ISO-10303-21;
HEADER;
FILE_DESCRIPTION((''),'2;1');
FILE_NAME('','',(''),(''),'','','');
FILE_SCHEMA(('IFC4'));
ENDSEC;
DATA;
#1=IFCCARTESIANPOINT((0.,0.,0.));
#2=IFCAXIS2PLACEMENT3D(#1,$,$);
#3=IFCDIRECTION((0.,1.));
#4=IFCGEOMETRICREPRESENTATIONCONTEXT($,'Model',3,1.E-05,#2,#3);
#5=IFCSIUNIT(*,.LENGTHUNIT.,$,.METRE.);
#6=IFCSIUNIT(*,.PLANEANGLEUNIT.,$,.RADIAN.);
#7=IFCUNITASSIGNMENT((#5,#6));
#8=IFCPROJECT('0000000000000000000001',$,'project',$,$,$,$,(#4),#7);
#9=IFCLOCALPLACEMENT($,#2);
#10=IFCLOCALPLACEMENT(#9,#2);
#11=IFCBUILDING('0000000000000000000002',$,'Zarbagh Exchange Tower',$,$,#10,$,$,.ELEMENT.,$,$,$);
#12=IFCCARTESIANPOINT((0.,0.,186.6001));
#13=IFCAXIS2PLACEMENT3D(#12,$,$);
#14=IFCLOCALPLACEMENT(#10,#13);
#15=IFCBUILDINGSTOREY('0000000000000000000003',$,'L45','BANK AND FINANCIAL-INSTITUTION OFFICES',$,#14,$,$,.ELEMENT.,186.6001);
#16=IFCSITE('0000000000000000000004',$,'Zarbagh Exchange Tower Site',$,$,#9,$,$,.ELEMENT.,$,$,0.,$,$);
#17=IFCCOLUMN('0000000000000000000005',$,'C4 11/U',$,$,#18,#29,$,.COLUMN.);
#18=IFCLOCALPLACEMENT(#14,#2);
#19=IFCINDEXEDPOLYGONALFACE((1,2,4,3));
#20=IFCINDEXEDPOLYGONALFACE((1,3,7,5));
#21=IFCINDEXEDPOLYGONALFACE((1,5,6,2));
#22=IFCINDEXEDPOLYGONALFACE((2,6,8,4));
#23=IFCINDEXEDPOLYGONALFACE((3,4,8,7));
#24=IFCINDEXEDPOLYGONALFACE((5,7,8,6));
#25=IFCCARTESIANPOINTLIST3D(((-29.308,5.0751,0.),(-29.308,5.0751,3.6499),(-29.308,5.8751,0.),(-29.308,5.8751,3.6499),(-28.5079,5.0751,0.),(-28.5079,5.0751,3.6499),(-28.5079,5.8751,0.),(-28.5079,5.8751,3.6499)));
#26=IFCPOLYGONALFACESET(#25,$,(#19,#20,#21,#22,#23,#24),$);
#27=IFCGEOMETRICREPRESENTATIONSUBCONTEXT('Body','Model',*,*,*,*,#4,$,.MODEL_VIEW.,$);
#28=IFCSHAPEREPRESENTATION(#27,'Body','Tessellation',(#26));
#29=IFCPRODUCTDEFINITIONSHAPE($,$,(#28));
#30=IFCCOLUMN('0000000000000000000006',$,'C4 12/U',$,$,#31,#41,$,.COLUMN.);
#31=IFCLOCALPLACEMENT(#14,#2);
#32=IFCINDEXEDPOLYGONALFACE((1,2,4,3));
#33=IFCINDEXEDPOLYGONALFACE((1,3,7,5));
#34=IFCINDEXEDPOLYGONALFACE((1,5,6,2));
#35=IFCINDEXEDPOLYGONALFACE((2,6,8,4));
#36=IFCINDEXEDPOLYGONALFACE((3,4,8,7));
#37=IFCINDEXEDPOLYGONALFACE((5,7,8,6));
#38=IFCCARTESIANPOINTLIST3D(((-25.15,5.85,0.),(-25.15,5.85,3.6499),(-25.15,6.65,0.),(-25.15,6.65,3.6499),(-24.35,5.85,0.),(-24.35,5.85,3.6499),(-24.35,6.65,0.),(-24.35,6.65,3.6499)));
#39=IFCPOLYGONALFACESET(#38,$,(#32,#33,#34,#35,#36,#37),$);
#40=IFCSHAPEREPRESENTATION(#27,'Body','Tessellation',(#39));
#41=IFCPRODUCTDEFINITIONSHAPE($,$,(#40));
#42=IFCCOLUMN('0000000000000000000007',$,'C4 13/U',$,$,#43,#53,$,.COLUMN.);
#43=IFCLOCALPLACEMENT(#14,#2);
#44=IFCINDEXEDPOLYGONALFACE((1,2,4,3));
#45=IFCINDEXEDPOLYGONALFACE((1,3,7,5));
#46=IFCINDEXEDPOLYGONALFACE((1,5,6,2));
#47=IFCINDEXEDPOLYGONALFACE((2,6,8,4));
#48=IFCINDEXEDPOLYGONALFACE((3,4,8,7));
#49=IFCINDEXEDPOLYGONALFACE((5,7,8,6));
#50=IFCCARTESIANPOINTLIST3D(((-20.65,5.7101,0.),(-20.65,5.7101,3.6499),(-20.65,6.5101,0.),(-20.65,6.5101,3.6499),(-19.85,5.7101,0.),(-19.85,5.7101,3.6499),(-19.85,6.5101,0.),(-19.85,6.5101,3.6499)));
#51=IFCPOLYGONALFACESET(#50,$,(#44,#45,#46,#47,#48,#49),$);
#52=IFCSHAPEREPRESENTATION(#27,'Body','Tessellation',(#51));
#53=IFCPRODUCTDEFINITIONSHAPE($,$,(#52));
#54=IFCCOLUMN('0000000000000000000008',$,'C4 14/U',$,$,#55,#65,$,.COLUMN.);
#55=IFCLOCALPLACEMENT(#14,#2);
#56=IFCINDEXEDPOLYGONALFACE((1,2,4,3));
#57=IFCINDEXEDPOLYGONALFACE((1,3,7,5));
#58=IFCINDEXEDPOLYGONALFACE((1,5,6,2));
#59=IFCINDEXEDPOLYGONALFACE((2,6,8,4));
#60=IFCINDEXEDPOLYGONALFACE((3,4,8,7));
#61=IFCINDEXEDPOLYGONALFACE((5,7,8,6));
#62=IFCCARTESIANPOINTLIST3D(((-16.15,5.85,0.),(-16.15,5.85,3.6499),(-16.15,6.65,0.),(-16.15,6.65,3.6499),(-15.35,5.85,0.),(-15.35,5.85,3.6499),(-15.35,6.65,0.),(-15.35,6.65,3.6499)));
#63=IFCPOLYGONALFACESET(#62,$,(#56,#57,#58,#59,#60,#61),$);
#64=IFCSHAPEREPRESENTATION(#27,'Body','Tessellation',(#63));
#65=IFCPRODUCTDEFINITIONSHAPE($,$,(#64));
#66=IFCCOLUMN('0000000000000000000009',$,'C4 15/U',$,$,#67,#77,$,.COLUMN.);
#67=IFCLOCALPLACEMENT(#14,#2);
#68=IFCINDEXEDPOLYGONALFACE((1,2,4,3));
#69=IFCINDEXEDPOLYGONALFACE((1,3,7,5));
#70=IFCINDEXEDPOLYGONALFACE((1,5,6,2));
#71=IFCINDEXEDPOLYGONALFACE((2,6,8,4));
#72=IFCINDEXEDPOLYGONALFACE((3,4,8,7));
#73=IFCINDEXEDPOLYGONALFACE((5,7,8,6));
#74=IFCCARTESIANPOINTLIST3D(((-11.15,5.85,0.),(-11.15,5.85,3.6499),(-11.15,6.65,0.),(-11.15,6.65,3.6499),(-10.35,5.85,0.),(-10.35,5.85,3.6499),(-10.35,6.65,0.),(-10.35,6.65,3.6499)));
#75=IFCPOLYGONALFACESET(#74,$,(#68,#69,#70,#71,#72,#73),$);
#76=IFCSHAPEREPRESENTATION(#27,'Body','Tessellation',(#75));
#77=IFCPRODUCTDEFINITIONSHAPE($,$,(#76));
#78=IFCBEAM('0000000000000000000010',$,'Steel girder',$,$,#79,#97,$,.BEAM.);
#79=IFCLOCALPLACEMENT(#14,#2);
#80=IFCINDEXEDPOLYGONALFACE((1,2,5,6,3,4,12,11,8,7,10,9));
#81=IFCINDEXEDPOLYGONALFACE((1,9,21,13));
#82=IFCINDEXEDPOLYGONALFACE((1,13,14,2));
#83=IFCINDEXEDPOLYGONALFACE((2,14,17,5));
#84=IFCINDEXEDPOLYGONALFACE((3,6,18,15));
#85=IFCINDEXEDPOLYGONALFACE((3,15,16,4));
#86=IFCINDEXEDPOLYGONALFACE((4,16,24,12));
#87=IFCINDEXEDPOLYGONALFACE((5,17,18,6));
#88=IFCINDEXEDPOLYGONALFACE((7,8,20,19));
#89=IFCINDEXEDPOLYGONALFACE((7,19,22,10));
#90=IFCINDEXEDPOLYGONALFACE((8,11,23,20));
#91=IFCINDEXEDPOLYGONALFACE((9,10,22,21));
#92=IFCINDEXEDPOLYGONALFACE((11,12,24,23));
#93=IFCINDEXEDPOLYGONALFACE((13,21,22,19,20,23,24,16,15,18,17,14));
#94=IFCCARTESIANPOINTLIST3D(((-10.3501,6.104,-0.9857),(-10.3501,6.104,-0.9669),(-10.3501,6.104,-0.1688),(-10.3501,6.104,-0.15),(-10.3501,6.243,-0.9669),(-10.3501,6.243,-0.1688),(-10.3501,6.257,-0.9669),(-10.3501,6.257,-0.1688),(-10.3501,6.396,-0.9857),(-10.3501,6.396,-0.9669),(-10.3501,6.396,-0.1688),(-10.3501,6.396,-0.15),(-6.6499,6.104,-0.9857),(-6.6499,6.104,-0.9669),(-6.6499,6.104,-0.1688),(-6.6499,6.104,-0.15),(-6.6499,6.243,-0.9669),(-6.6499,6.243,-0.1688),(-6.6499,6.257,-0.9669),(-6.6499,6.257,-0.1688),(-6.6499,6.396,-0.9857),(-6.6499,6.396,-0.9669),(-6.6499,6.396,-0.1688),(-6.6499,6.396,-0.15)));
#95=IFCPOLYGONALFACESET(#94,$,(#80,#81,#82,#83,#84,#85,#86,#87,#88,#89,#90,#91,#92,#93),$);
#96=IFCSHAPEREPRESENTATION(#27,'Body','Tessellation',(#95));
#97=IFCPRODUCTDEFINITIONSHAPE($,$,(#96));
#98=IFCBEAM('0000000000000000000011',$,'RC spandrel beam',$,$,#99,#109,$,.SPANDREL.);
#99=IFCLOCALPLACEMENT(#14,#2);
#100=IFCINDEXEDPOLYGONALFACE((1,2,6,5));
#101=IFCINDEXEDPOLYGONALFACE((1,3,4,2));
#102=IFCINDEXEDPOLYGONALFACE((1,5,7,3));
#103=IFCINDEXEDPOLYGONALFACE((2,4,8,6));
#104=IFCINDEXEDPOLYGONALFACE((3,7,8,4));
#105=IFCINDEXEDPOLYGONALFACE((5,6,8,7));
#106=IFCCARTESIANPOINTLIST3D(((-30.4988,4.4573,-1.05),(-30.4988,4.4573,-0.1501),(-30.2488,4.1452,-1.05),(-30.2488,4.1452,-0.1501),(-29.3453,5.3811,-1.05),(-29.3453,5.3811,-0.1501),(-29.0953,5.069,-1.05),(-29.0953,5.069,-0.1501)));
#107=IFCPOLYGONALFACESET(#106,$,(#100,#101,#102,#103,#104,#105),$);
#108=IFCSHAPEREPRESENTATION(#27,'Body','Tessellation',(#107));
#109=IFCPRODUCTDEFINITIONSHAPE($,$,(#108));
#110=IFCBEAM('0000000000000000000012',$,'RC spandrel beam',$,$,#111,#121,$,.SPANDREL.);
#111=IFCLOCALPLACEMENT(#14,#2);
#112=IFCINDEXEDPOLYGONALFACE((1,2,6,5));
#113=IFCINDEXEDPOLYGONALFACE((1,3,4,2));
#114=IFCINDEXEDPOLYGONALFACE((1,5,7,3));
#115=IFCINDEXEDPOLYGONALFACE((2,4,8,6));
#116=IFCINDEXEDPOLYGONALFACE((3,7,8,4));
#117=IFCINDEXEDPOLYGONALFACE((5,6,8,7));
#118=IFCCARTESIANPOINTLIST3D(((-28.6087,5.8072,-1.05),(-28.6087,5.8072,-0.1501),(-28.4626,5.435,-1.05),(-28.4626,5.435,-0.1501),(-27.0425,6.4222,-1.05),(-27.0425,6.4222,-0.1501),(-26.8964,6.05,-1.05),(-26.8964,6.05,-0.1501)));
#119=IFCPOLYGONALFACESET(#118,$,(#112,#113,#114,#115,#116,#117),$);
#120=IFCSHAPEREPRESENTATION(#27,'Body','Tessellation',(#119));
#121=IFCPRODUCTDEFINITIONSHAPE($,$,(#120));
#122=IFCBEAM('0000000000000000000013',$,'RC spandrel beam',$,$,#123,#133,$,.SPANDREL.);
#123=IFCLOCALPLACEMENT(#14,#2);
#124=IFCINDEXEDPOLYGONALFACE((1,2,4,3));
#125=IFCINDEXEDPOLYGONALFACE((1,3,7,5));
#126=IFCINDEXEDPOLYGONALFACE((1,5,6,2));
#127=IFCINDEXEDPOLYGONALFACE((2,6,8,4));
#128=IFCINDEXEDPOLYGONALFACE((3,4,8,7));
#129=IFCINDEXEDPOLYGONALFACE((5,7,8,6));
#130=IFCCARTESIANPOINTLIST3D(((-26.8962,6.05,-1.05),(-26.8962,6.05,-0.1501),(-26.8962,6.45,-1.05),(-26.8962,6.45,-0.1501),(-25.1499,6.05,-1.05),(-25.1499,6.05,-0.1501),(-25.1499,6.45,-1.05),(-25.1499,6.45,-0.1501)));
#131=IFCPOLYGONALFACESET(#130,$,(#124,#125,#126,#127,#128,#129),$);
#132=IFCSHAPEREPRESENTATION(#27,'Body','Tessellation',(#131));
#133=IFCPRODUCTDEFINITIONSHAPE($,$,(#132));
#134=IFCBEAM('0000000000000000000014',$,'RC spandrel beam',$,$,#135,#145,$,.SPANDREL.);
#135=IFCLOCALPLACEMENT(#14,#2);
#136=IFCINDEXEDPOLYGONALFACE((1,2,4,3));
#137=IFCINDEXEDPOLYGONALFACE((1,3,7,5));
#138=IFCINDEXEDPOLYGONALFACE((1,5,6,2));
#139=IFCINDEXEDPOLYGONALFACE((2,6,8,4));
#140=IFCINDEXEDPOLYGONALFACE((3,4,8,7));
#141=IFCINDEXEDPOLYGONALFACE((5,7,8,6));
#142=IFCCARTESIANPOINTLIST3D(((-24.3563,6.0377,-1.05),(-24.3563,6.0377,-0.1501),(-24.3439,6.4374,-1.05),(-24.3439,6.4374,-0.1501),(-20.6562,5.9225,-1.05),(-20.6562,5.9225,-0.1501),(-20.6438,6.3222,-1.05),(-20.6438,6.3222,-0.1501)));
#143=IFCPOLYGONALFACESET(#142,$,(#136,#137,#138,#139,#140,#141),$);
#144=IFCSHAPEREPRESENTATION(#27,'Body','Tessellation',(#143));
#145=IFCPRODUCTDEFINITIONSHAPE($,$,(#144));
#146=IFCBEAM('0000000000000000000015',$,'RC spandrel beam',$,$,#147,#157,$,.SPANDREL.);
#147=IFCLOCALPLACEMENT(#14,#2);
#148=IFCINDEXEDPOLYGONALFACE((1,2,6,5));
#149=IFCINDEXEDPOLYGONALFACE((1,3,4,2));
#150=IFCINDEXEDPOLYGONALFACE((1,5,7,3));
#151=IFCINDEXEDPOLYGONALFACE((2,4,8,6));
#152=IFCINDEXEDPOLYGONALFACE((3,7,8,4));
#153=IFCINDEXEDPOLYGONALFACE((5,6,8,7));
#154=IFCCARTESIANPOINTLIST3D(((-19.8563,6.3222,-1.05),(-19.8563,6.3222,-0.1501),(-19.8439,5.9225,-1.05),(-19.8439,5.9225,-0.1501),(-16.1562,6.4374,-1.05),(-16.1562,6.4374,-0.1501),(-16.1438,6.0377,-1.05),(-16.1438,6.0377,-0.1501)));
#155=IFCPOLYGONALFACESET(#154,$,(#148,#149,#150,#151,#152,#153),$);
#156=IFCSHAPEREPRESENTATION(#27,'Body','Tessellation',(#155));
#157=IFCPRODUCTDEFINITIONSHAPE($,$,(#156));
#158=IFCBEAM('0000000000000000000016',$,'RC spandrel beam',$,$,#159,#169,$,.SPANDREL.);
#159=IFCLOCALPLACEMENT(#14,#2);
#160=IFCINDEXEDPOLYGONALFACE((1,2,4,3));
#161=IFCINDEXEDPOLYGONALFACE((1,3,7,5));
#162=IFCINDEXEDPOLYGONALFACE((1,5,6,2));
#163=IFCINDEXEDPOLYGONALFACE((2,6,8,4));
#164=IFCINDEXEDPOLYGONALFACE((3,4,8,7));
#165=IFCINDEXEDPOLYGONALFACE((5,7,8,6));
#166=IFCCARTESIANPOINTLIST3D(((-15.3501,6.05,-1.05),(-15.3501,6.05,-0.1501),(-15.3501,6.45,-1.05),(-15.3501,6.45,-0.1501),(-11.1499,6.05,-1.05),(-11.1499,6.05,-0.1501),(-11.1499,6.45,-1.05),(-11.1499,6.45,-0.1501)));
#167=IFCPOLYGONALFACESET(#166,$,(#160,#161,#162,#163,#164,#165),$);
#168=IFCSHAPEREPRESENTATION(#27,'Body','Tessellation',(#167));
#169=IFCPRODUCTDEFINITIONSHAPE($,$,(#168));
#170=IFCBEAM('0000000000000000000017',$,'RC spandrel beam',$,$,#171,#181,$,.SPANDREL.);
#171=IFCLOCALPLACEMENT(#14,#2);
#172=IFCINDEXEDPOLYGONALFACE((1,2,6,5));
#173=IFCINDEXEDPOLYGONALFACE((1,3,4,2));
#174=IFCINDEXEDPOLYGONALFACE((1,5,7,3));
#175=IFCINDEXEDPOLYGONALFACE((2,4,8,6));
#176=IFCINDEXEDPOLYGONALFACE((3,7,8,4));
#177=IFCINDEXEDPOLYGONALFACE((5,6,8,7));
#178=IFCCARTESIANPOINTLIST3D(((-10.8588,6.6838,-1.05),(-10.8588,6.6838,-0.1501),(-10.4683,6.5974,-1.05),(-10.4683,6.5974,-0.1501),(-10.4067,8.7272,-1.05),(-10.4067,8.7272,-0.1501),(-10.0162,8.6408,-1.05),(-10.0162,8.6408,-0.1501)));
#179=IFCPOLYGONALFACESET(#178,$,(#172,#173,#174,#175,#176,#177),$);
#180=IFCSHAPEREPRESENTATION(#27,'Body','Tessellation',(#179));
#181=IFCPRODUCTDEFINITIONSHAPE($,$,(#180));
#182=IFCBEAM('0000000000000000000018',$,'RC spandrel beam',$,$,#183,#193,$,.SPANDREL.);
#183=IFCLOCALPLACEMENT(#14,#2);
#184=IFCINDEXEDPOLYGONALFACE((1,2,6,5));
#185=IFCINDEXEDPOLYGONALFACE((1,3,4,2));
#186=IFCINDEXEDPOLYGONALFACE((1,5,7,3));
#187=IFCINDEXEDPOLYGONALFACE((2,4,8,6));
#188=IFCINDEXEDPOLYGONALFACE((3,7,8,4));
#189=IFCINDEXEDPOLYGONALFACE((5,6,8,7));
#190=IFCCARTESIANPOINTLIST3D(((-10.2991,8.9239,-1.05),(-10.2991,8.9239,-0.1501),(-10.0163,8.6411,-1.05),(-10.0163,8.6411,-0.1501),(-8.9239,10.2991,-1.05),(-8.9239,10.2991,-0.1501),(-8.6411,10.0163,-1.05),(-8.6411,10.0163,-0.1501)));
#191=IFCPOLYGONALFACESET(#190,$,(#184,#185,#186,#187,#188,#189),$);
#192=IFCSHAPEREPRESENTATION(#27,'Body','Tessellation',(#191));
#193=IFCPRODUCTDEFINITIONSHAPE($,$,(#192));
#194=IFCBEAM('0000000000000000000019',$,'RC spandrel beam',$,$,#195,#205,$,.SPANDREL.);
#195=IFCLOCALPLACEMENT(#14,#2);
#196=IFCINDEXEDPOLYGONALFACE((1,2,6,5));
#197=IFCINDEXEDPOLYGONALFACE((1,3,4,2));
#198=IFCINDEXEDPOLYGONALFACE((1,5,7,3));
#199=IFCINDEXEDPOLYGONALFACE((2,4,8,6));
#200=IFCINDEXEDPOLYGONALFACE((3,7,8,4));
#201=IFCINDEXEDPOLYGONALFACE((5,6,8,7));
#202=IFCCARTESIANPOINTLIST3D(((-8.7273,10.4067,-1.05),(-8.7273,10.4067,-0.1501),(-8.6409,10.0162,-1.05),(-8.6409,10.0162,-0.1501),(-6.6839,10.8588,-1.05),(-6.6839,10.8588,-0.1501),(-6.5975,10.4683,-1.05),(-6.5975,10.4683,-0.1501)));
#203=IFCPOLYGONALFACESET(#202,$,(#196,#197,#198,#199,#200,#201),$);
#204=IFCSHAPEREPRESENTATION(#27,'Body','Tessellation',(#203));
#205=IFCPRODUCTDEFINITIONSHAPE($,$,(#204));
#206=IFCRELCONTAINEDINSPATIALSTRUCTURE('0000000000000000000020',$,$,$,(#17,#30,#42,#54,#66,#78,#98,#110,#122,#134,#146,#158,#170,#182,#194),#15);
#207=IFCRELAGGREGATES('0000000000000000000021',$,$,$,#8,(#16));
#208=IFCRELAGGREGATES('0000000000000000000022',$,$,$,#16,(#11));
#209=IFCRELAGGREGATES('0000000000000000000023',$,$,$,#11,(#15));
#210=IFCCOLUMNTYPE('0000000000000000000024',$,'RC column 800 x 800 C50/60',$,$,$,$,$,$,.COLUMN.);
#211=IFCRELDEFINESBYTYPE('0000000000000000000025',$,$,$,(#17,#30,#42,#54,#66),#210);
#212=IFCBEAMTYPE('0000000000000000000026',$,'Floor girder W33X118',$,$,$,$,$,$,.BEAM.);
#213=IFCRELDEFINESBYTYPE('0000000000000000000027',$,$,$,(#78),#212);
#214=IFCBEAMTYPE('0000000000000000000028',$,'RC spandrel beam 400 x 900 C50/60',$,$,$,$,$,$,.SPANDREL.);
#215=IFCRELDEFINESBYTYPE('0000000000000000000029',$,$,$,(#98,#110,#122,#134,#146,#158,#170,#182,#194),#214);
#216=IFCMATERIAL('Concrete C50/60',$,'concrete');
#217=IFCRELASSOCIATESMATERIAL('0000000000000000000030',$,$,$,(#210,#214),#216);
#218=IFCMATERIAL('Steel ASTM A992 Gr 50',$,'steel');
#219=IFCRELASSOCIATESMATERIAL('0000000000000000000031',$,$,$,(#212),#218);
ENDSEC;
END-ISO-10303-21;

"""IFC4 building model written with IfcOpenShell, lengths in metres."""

from ifc_helpers import new_model, si_unit, direction, frame, origin, origin_2d, place, context, subcontext, project, spatial, rectangle, i_section, extrude, material, material_profile, profile_set, type_object, element, save


model = new_model("IFC4")

# Units and contexts
model_context = context("Model", 3, precision=1e-05, world=origin(), true_north=direction((0.0, 1.0)))
body_context = subcontext(model_context, "Body", "Model", "MODEL_VIEW")
ifc_project = project(units=[si_unit("LENGTHUNIT", "METRE"), si_unit("PLANEANGLEUNIT", "RADIAN")], contexts=[model_context])

# Site, building, storey
site_placement = place(None, origin())
site = spatial("IfcSite", under=ifc_project, at=site_placement, Name="Zarbagh Exchange Tower Site", CompositionType="ELEMENT", RefElevation=0.0)
building_placement = place(site_placement, origin())
building = spatial("IfcBuilding", under=site, at=building_placement, Name="Zarbagh Exchange Tower", CompositionType="ELEMENT")
storey_placement = place(building_placement, frame((0.0, 0.0, 186.6001)))
storey = spatial("IfcBuildingStorey", under=building, at=storey_placement, Name="L45", Description="BANK AND FINANCIAL-INSTITUTION OFFICES", CompositionType="ELEMENT", Elevation=186.6001)

# Columns
ifc_material_1 = material(Name="Concrete C50/60", Category="concrete")
ifc_material_profile_1 = material_profile(ifc_material_1, rectangle(XDim=0.8, YDim=0.8, at=origin_2d()), Name="RC column 800 x 800 C50/60")
ifc_profile_set_1 = profile_set([ifc_material_profile_1], Name="Concrete C50/60")
column_type = type_object("IfcColumnType", Name="RC column 800 x 800 C50/60", PredefinedType="COLUMN", material=ifc_profile_set_1)
for number, where, z_axis, x_axis, name in (
    (1, (-28.908, 5.4751, 0.0), (0.0, 0.0, 1.0), (1.0, 0.0, 0.0), "C4 11/U"),
    (2, (-24.75, 6.25, 0.0), (0.0, 0.0, 1.0), (1.0, 0.0, 0.0), "C4 12/U"),
    (3, (-20.25, 6.1101, 0.0), (0.0, 0.0, 1.0), (1.0, 0.0, 0.0), "C4 13/U"),
    (4, (-15.75, 6.25, 0.0), (0.0, 0.0, 1.0), (1.0, 0.0, 0.0), "C4 14/U"),
    (5, (-10.75, 6.25, 0.0), (0.0, 0.0, 1.0), (1.0, 0.0, 0.0), "C4 15/U"),
):
    element("IfcColumn", number, at=place(storey_placement, frame(where, z_axis=z_axis, x_axis=x_axis)), inside=storey, type_object=column_type, Name=name, PredefinedType="COLUMN", context=body_context, shape_type="SweptSolid", body=[
        extrude(rectangle(XDim=0.8, YDim=0.8, at=origin_2d()), origin(), (0.0, 0.0, 1.0), 3.6499),
    ])

# Beams
ifc_material_2 = material(Name="Steel ASTM A992 Gr 50", Category="steel")
ifc_material_profile_2 = material_profile(ifc_material_2, i_section(OverallWidth=0.292, OverallDepth=0.8357, WebThickness=0.0139, FlangeThickness=0.0188, at=origin_2d()), Name="W33X118")
ifc_profile_set_2 = profile_set([ifc_material_profile_2], Name="Steel ASTM A992 Gr 50")
beam_type_1 = type_object("IfcBeamType", Name="Floor girder W33X118", PredefinedType="BEAM", material=ifc_profile_set_2)
beam_1_placement = place(storey_placement, frame((-10.3501, 6.25, -0.5679), z_axis=(1.0, 0.0, 0.0), x_axis=(0.0, 1.0, 0.0)))
element("IfcBeam", 6, at=beam_1_placement, inside=storey, type_object=beam_type_1, Name="Steel girder", PredefinedType="BEAM", context=body_context, shape_type="SweptSolid", body=[
    extrude(i_section(OverallWidth=0.292, OverallDepth=0.8357, WebThickness=0.0139, FlangeThickness=0.0188, at=origin_2d()), origin(), (0.0, 0.0, 1.0), 3.7002),
])
ifc_material_profile_3 = material_profile(ifc_material_1, rectangle(XDim=0.3999, YDim=0.8999, at=origin_2d()), Name="RC spandrel beam 400 x 900 C50/60")
ifc_profile_set_3 = profile_set([ifc_material_profile_3], Name="Concrete C50/60")
beam_type_2 = type_object("IfcBeamType", Name="RC spandrel beam 400 x 900 C50/60", PredefinedType="SPANDREL", material=ifc_profile_set_3)
beam_2_placement = place(storey_placement, frame((-30.3738, 4.3013, -0.6001), z_axis=(0.780546, 0.625098, 0.0), x_axis=(-0.625098, 0.780546, 0.0)))
element("IfcBeam", 7, at=beam_2_placement, inside=storey, type_object=beam_type_2, Name="RC spandrel beam", PredefinedType="SPANDREL", context=body_context, shape_type="SweptSolid", body=[
    extrude(rectangle(XDim=0.3999, YDim=0.8999, at=origin_2d()), origin(), (0.0, 0.0, 1.0), 1.4778),
])
beam_3_placement = place(storey_placement, frame((-28.5356, 5.6211, -0.6001), z_axis=(0.93081, 0.365504, 0.0), x_axis=(-0.365504, 0.93081, 0.0)))
element("IfcBeam", 8, at=beam_3_placement, inside=storey, type_object=beam_type_2, Name="RC spandrel beam", PredefinedType="SPANDREL", context=body_context, shape_type="SweptSolid", body=[
    extrude(rectangle(XDim=0.3999, YDim=0.8999, at=origin_2d()), origin(), (0.0, 0.0, 1.0), 1.6826),
])
beam_4_placement = place(storey_placement, frame((-26.8962, 6.25, -0.6001), z_axis=(1.0, 0.0, 0.0), x_axis=(0.0, 1.0, 0.0)))
element("IfcBeam", 9, at=beam_4_placement, inside=storey, type_object=beam_type_2, Name="RC spandrel beam", PredefinedType="SPANDREL", context=body_context, shape_type="SweptSolid", body=[
    extrude(rectangle(XDim=0.3999, YDim=0.8999, at=origin_2d()), origin(), (0.0, 0.0, 1.0), 1.7463),
])
for number, where, z_axis, x_axis, name in (
    (10, (-24.3501, 6.2375, -0.6001), (0.999515, -0.031128, 0.0), (0.031128, 0.999515, 0.0), "RC spandrel beam"),
    (11, (-19.8501, 6.1223, -0.6001), (0.999515, 0.031128, 0.0), (-0.031128, 0.999515, 0.0), "RC spandrel beam"),
):
    element("IfcBeam", number, at=place(storey_placement, frame(where, z_axis=z_axis, x_axis=x_axis)), inside=storey, type_object=beam_type_2, Name=name, PredefinedType="SPANDREL", context=body_context, shape_type="SweptSolid", body=[
        extrude(rectangle(XDim=0.3999, YDim=0.8999, at=origin_2d()), origin(), (0.0, 0.0, 1.0), 3.7019),
    ])
beam_5_placement = place(storey_placement, frame((-15.3501, 6.25, -0.6001), z_axis=(1.0, 0.0, 0.0), x_axis=(0.0, 1.0, 0.0)))
element("IfcBeam", 12, at=beam_5_placement, inside=storey, type_object=beam_type_2, Name="RC spandrel beam", PredefinedType="SPANDREL", context=body_context, shape_type="SweptSolid", body=[
    extrude(rectangle(XDim=0.3999, YDim=0.8999, at=origin_2d()), origin(), (0.0, 0.0, 1.0), 4.2002),
])
beam_6_placement = place(storey_placement, frame((-10.6636, 6.6406, -0.6001), z_axis=(0.216041, 0.976384, 0.0), x_axis=(-0.976384, 0.216041, 0.0)))
element("IfcBeam", 13, at=beam_6_placement, inside=storey, type_object=beam_type_2, Name="RC spandrel beam", PredefinedType="SPANDREL", context=body_context, shape_type="SweptSolid", body=[
    extrude(rectangle(XDim=0.3999, YDim=0.8999, at=origin_2d()), origin(), (0.0, 0.0, 1.0), 2.0928),
])
beam_7_placement = place(storey_placement, frame((-10.1577, 8.7825, -0.6001), z_axis=(0.707107, 0.707107, 0.0), x_axis=(-0.707107, 0.707107, 0.0)))
element("IfcBeam", 14, at=beam_7_placement, inside=storey, type_object=beam_type_2, Name="RC spandrel beam", PredefinedType="SPANDREL", context=body_context, shape_type="SweptSolid", body=[
    extrude(rectangle(XDim=0.3999, YDim=0.8999, at=origin_2d()), origin(), (0.0, 0.0, 1.0), 1.9448),
])
beam_8_placement = place(storey_placement, frame((-8.6841, 10.2114, -0.6001), z_axis=(0.976384, 0.216041, 0.0), x_axis=(-0.216041, 0.976384, 0.0)))
element("IfcBeam", 15, at=beam_8_placement, inside=storey, type_object=beam_type_2, Name="RC spandrel beam", PredefinedType="SPANDREL", context=body_context, shape_type="SweptSolid", body=[
    extrude(rectangle(XDim=0.3999, YDim=0.8999, at=origin_2d()), origin(), (0.0, 0.0, 1.0), 2.0928),
])

save(model, "model.ifc")
